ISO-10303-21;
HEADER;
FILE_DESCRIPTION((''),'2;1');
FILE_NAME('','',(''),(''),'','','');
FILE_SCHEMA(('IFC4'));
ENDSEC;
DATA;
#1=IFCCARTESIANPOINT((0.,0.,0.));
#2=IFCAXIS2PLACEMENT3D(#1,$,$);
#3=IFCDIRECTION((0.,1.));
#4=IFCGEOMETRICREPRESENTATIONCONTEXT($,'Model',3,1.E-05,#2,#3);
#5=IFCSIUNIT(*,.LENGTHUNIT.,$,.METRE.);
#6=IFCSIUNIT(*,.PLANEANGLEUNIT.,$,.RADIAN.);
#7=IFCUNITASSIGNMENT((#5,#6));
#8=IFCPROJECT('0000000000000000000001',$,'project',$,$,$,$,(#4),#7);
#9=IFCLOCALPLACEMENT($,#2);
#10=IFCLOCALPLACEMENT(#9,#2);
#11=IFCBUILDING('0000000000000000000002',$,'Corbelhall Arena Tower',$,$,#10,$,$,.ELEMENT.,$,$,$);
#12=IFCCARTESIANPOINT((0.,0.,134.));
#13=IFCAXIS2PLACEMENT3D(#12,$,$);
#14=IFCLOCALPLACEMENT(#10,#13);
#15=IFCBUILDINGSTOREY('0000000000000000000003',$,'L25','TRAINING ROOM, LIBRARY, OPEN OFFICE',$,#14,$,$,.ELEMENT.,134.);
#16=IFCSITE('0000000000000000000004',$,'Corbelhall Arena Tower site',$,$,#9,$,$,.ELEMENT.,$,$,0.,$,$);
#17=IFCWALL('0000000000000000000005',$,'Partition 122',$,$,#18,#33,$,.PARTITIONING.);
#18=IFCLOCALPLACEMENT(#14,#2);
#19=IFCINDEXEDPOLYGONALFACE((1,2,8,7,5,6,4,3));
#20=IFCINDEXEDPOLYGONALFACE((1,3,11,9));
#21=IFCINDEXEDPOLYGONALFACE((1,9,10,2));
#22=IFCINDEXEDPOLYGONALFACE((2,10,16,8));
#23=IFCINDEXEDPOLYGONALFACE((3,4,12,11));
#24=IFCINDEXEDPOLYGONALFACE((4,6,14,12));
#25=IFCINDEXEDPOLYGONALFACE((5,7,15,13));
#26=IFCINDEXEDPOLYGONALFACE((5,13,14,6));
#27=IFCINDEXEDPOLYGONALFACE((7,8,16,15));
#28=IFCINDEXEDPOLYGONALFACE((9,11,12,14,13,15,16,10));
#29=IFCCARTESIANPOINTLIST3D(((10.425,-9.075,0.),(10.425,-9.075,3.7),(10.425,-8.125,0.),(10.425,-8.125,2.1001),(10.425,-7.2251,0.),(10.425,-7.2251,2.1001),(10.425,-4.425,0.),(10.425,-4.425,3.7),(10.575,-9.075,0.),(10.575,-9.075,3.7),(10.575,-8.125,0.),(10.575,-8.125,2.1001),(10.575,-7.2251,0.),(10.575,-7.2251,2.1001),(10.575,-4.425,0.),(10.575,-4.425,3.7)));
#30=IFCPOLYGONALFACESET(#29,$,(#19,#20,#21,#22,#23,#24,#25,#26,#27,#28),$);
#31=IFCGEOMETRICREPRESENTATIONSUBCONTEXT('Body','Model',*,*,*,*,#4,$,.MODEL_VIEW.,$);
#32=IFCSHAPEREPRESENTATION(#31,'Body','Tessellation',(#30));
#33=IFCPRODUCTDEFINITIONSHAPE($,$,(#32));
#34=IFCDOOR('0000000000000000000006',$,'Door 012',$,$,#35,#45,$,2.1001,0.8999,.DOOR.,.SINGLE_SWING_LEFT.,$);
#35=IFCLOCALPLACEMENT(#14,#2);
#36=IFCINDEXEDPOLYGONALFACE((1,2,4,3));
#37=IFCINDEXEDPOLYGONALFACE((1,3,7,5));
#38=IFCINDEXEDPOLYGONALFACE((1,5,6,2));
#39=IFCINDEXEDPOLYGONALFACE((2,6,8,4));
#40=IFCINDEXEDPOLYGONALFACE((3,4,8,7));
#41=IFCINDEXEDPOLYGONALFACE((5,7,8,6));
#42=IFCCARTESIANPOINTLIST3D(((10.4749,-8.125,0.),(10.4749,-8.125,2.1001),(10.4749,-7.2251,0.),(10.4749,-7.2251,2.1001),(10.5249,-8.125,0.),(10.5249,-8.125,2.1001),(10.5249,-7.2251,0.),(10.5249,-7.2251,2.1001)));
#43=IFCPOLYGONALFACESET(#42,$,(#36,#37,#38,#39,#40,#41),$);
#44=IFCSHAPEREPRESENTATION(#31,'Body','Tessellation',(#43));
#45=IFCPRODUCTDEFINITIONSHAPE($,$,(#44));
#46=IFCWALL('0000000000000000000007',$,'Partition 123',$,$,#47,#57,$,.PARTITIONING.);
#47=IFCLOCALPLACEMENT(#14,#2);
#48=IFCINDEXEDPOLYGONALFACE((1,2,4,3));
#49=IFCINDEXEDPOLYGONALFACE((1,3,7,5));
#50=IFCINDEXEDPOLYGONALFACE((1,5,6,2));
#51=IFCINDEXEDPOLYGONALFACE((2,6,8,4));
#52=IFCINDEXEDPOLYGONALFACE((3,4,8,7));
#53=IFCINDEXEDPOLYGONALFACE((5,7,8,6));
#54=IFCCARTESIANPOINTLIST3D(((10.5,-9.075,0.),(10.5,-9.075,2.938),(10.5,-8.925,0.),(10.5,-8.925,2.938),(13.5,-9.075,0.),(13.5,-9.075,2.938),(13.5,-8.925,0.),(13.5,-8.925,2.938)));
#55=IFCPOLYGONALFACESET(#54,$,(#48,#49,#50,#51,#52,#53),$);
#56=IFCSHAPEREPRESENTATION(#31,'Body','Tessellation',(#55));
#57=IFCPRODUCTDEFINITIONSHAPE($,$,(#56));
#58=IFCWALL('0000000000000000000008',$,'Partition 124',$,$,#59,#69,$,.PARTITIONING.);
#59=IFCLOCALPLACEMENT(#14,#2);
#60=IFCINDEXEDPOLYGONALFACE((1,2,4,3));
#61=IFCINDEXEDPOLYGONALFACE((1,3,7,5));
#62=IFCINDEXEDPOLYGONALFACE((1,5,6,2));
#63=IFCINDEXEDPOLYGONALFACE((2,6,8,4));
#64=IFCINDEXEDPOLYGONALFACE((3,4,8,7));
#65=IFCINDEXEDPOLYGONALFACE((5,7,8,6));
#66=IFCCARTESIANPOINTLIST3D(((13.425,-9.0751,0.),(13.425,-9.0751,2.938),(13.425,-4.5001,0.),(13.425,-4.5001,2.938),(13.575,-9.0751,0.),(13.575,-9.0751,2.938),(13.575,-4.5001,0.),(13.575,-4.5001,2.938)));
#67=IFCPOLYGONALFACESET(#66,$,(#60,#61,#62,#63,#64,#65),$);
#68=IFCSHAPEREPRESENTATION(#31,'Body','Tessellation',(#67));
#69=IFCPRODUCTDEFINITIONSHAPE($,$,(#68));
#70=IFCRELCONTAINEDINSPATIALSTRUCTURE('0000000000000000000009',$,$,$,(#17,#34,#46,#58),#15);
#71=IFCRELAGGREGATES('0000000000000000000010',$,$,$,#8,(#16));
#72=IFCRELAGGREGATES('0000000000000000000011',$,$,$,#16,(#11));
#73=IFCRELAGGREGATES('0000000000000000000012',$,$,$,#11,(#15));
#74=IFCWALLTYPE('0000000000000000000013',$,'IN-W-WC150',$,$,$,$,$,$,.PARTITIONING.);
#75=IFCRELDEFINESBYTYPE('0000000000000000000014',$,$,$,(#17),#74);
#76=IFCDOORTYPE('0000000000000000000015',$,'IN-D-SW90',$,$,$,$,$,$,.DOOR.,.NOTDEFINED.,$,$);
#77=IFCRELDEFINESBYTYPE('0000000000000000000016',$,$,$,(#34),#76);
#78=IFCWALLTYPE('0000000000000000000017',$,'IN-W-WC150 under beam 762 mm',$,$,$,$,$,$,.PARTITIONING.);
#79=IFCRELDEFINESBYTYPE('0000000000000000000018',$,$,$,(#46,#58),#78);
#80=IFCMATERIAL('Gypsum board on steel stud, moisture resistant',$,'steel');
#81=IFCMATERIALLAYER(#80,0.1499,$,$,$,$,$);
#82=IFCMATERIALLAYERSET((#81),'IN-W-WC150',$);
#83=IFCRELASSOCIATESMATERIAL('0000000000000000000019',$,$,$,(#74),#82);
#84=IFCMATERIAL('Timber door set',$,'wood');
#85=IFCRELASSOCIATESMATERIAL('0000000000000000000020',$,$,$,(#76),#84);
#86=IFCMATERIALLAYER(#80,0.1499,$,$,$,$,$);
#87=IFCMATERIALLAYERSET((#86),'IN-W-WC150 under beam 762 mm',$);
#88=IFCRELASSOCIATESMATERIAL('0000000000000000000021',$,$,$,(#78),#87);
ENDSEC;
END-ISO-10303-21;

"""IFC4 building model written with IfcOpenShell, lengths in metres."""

from ifc_helpers import new_model, si_unit, direction, frame, frame_2d, origin, place, context, subcontext, project, spatial, rectangle, extrude, material, layer, layer_set, type_object, element, fill, save


model = new_model("IFC4")

# Units and contexts
model_context = context("Model", 3, precision=1e-05, world=origin(), true_north=direction((0.0, 1.0)))
body_context = subcontext(model_context, "Body", "Model", "MODEL_VIEW")
ifc_project = project(units=[si_unit("LENGTHUNIT", "METRE"), si_unit("PLANEANGLEUNIT", "RADIAN")], contexts=[model_context])

# Site, building, storey
site_placement = place(None, origin())
site = spatial("IfcSite", under=ifc_project, at=site_placement, Name="Corbelhall Arena Tower site", CompositionType="ELEMENT", RefElevation=0.0)
building_placement = place(site_placement, origin())
building = spatial("IfcBuilding", under=site, at=building_placement, Name="Corbelhall Arena Tower", CompositionType="ELEMENT")
storey_placement = place(building_placement, frame((0.0, 0.0, 134.0)))
storey = spatial("IfcBuildingStorey", under=building, at=storey_placement, Name="L25", Description="TRAINING ROOM, LIBRARY, OPEN OFFICE", CompositionType="ELEMENT", Elevation=134.0)

# Shared definitions
ifc_material_1 = material(Name="Gypsum board on steel stud, moisture resistant", Category="steel")
ifc_layer_1 = layer(ifc_material_1, 0.1499)
ifc_layer_set_1 = layer_set([ifc_layer_1], Name="IN-W-WC150")
wall_type_1 = type_object("IfcWallType", Name="IN-W-WC150", PredefinedType="PARTITIONING", material=ifc_layer_set_1)

# Wall, opening, door
wall_1_placement = place(storey_placement, frame((10.5, -4.425, 0.0), z_axis=(0.0, 0.0, 1.0), x_axis=(0.0, -1.0, 0.0)))
wall_1 = element("IfcWall", 1, at=wall_1_placement, inside=storey, type_object=wall_type_1, Name="Partition 122", PredefinedType="PARTITIONING", context=body_context, shape_type="SweptSolid", body=[
    extrude(rectangle(XDim=4.6499, YDim=0.1499, at=frame_2d((2.325, 0.0))), origin(), (0.0, 0.0, 1.0), 3.7),
])
opening_1_placement = place(wall_1_placement, frame((2.8, 0.0, 0.0)))
opening_1 = element("IfcOpeningElement", 2, at=opening_1_placement, cuts=wall_1, PredefinedType="OPENING", context=body_context, shape_type="SweptSolid", body=[
    extrude(rectangle(XDim=0.8999, YDim=2.1001, at=frame_2d((0.45, 1.05))), frame((0.0, 0.075, 0.0), z_axis=(0.0, -1.0, 0.0), x_axis=(1.0, 0.0, 0.0)), (0.0, 0.0, 1.0), 0.1499),
])
ifc_material_2 = material(Name="Timber door set", Category="wood")
door_type_1 = type_object("IfcDoorType", Name="IN-D-SW90", OperationType="NOTDEFINED", PredefinedType="DOOR", material=ifc_material_2)
door_1_placement = place(opening_1_placement, origin())
door_1 = element("IfcDoor", 3, at=door_1_placement, inside=storey, type_object=door_type_1, Name="Door 012", OperationType="SINGLE_SWING_LEFT", OverallHeight=2.1001, OverallWidth=0.8999, PredefinedType="DOOR", context=body_context, shape_type="SweptSolid", body=[
    extrude(rectangle(XDim=0.8999, YDim=2.1001, at=frame_2d((0.45, 1.05))), frame((0.0, 0.0249, 0.0), z_axis=(0.0, -1.0, 0.0), x_axis=(1.0, 0.0, 0.0)), (0.0, 0.0, 1.0), 0.05),
])
fill(opening_1, door_1)

# Walls
ifc_layer_2 = layer(ifc_material_1, 0.1499)
ifc_layer_set_2 = layer_set([ifc_layer_2], Name="IN-W-WC150 under beam 762 mm")
wall_type_2 = type_object("IfcWallType", Name="IN-W-WC150 under beam 762 mm", PredefinedType="PARTITIONING", material=ifc_layer_set_2)
wall_2_placement = place(storey_placement, frame((13.5, -9.0, 0.0), z_axis=(0.0, 0.0, 1.0), x_axis=(-1.0, 0.0, 0.0)))
element("IfcWall", 4, at=wall_2_placement, inside=storey, type_object=wall_type_2, Name="Partition 123", PredefinedType="PARTITIONING", context=body_context, shape_type="SweptSolid", body=[
    extrude(rectangle(XDim=3.0, YDim=0.1499, at=frame_2d((1.5, 0.0))), origin(), (0.0, 0.0, 1.0), 2.938),
])
wall_3_placement = place(storey_placement, frame((13.5, -4.5, 0.0), z_axis=(0.0, 0.0, 1.0), x_axis=(0.0, -1.0, 0.0)))
element("IfcWall", 5, at=wall_3_placement, inside=storey, type_object=wall_type_2, Name="Partition 124", PredefinedType="PARTITIONING", context=body_context, shape_type="SweptSolid", body=[
    extrude(rectangle(XDim=4.575, YDim=0.1499, at=frame_2d((2.2876, 0.0))), origin(), (0.0, 0.0, 1.0), 2.938),
])

save(model, "model.ifc")
